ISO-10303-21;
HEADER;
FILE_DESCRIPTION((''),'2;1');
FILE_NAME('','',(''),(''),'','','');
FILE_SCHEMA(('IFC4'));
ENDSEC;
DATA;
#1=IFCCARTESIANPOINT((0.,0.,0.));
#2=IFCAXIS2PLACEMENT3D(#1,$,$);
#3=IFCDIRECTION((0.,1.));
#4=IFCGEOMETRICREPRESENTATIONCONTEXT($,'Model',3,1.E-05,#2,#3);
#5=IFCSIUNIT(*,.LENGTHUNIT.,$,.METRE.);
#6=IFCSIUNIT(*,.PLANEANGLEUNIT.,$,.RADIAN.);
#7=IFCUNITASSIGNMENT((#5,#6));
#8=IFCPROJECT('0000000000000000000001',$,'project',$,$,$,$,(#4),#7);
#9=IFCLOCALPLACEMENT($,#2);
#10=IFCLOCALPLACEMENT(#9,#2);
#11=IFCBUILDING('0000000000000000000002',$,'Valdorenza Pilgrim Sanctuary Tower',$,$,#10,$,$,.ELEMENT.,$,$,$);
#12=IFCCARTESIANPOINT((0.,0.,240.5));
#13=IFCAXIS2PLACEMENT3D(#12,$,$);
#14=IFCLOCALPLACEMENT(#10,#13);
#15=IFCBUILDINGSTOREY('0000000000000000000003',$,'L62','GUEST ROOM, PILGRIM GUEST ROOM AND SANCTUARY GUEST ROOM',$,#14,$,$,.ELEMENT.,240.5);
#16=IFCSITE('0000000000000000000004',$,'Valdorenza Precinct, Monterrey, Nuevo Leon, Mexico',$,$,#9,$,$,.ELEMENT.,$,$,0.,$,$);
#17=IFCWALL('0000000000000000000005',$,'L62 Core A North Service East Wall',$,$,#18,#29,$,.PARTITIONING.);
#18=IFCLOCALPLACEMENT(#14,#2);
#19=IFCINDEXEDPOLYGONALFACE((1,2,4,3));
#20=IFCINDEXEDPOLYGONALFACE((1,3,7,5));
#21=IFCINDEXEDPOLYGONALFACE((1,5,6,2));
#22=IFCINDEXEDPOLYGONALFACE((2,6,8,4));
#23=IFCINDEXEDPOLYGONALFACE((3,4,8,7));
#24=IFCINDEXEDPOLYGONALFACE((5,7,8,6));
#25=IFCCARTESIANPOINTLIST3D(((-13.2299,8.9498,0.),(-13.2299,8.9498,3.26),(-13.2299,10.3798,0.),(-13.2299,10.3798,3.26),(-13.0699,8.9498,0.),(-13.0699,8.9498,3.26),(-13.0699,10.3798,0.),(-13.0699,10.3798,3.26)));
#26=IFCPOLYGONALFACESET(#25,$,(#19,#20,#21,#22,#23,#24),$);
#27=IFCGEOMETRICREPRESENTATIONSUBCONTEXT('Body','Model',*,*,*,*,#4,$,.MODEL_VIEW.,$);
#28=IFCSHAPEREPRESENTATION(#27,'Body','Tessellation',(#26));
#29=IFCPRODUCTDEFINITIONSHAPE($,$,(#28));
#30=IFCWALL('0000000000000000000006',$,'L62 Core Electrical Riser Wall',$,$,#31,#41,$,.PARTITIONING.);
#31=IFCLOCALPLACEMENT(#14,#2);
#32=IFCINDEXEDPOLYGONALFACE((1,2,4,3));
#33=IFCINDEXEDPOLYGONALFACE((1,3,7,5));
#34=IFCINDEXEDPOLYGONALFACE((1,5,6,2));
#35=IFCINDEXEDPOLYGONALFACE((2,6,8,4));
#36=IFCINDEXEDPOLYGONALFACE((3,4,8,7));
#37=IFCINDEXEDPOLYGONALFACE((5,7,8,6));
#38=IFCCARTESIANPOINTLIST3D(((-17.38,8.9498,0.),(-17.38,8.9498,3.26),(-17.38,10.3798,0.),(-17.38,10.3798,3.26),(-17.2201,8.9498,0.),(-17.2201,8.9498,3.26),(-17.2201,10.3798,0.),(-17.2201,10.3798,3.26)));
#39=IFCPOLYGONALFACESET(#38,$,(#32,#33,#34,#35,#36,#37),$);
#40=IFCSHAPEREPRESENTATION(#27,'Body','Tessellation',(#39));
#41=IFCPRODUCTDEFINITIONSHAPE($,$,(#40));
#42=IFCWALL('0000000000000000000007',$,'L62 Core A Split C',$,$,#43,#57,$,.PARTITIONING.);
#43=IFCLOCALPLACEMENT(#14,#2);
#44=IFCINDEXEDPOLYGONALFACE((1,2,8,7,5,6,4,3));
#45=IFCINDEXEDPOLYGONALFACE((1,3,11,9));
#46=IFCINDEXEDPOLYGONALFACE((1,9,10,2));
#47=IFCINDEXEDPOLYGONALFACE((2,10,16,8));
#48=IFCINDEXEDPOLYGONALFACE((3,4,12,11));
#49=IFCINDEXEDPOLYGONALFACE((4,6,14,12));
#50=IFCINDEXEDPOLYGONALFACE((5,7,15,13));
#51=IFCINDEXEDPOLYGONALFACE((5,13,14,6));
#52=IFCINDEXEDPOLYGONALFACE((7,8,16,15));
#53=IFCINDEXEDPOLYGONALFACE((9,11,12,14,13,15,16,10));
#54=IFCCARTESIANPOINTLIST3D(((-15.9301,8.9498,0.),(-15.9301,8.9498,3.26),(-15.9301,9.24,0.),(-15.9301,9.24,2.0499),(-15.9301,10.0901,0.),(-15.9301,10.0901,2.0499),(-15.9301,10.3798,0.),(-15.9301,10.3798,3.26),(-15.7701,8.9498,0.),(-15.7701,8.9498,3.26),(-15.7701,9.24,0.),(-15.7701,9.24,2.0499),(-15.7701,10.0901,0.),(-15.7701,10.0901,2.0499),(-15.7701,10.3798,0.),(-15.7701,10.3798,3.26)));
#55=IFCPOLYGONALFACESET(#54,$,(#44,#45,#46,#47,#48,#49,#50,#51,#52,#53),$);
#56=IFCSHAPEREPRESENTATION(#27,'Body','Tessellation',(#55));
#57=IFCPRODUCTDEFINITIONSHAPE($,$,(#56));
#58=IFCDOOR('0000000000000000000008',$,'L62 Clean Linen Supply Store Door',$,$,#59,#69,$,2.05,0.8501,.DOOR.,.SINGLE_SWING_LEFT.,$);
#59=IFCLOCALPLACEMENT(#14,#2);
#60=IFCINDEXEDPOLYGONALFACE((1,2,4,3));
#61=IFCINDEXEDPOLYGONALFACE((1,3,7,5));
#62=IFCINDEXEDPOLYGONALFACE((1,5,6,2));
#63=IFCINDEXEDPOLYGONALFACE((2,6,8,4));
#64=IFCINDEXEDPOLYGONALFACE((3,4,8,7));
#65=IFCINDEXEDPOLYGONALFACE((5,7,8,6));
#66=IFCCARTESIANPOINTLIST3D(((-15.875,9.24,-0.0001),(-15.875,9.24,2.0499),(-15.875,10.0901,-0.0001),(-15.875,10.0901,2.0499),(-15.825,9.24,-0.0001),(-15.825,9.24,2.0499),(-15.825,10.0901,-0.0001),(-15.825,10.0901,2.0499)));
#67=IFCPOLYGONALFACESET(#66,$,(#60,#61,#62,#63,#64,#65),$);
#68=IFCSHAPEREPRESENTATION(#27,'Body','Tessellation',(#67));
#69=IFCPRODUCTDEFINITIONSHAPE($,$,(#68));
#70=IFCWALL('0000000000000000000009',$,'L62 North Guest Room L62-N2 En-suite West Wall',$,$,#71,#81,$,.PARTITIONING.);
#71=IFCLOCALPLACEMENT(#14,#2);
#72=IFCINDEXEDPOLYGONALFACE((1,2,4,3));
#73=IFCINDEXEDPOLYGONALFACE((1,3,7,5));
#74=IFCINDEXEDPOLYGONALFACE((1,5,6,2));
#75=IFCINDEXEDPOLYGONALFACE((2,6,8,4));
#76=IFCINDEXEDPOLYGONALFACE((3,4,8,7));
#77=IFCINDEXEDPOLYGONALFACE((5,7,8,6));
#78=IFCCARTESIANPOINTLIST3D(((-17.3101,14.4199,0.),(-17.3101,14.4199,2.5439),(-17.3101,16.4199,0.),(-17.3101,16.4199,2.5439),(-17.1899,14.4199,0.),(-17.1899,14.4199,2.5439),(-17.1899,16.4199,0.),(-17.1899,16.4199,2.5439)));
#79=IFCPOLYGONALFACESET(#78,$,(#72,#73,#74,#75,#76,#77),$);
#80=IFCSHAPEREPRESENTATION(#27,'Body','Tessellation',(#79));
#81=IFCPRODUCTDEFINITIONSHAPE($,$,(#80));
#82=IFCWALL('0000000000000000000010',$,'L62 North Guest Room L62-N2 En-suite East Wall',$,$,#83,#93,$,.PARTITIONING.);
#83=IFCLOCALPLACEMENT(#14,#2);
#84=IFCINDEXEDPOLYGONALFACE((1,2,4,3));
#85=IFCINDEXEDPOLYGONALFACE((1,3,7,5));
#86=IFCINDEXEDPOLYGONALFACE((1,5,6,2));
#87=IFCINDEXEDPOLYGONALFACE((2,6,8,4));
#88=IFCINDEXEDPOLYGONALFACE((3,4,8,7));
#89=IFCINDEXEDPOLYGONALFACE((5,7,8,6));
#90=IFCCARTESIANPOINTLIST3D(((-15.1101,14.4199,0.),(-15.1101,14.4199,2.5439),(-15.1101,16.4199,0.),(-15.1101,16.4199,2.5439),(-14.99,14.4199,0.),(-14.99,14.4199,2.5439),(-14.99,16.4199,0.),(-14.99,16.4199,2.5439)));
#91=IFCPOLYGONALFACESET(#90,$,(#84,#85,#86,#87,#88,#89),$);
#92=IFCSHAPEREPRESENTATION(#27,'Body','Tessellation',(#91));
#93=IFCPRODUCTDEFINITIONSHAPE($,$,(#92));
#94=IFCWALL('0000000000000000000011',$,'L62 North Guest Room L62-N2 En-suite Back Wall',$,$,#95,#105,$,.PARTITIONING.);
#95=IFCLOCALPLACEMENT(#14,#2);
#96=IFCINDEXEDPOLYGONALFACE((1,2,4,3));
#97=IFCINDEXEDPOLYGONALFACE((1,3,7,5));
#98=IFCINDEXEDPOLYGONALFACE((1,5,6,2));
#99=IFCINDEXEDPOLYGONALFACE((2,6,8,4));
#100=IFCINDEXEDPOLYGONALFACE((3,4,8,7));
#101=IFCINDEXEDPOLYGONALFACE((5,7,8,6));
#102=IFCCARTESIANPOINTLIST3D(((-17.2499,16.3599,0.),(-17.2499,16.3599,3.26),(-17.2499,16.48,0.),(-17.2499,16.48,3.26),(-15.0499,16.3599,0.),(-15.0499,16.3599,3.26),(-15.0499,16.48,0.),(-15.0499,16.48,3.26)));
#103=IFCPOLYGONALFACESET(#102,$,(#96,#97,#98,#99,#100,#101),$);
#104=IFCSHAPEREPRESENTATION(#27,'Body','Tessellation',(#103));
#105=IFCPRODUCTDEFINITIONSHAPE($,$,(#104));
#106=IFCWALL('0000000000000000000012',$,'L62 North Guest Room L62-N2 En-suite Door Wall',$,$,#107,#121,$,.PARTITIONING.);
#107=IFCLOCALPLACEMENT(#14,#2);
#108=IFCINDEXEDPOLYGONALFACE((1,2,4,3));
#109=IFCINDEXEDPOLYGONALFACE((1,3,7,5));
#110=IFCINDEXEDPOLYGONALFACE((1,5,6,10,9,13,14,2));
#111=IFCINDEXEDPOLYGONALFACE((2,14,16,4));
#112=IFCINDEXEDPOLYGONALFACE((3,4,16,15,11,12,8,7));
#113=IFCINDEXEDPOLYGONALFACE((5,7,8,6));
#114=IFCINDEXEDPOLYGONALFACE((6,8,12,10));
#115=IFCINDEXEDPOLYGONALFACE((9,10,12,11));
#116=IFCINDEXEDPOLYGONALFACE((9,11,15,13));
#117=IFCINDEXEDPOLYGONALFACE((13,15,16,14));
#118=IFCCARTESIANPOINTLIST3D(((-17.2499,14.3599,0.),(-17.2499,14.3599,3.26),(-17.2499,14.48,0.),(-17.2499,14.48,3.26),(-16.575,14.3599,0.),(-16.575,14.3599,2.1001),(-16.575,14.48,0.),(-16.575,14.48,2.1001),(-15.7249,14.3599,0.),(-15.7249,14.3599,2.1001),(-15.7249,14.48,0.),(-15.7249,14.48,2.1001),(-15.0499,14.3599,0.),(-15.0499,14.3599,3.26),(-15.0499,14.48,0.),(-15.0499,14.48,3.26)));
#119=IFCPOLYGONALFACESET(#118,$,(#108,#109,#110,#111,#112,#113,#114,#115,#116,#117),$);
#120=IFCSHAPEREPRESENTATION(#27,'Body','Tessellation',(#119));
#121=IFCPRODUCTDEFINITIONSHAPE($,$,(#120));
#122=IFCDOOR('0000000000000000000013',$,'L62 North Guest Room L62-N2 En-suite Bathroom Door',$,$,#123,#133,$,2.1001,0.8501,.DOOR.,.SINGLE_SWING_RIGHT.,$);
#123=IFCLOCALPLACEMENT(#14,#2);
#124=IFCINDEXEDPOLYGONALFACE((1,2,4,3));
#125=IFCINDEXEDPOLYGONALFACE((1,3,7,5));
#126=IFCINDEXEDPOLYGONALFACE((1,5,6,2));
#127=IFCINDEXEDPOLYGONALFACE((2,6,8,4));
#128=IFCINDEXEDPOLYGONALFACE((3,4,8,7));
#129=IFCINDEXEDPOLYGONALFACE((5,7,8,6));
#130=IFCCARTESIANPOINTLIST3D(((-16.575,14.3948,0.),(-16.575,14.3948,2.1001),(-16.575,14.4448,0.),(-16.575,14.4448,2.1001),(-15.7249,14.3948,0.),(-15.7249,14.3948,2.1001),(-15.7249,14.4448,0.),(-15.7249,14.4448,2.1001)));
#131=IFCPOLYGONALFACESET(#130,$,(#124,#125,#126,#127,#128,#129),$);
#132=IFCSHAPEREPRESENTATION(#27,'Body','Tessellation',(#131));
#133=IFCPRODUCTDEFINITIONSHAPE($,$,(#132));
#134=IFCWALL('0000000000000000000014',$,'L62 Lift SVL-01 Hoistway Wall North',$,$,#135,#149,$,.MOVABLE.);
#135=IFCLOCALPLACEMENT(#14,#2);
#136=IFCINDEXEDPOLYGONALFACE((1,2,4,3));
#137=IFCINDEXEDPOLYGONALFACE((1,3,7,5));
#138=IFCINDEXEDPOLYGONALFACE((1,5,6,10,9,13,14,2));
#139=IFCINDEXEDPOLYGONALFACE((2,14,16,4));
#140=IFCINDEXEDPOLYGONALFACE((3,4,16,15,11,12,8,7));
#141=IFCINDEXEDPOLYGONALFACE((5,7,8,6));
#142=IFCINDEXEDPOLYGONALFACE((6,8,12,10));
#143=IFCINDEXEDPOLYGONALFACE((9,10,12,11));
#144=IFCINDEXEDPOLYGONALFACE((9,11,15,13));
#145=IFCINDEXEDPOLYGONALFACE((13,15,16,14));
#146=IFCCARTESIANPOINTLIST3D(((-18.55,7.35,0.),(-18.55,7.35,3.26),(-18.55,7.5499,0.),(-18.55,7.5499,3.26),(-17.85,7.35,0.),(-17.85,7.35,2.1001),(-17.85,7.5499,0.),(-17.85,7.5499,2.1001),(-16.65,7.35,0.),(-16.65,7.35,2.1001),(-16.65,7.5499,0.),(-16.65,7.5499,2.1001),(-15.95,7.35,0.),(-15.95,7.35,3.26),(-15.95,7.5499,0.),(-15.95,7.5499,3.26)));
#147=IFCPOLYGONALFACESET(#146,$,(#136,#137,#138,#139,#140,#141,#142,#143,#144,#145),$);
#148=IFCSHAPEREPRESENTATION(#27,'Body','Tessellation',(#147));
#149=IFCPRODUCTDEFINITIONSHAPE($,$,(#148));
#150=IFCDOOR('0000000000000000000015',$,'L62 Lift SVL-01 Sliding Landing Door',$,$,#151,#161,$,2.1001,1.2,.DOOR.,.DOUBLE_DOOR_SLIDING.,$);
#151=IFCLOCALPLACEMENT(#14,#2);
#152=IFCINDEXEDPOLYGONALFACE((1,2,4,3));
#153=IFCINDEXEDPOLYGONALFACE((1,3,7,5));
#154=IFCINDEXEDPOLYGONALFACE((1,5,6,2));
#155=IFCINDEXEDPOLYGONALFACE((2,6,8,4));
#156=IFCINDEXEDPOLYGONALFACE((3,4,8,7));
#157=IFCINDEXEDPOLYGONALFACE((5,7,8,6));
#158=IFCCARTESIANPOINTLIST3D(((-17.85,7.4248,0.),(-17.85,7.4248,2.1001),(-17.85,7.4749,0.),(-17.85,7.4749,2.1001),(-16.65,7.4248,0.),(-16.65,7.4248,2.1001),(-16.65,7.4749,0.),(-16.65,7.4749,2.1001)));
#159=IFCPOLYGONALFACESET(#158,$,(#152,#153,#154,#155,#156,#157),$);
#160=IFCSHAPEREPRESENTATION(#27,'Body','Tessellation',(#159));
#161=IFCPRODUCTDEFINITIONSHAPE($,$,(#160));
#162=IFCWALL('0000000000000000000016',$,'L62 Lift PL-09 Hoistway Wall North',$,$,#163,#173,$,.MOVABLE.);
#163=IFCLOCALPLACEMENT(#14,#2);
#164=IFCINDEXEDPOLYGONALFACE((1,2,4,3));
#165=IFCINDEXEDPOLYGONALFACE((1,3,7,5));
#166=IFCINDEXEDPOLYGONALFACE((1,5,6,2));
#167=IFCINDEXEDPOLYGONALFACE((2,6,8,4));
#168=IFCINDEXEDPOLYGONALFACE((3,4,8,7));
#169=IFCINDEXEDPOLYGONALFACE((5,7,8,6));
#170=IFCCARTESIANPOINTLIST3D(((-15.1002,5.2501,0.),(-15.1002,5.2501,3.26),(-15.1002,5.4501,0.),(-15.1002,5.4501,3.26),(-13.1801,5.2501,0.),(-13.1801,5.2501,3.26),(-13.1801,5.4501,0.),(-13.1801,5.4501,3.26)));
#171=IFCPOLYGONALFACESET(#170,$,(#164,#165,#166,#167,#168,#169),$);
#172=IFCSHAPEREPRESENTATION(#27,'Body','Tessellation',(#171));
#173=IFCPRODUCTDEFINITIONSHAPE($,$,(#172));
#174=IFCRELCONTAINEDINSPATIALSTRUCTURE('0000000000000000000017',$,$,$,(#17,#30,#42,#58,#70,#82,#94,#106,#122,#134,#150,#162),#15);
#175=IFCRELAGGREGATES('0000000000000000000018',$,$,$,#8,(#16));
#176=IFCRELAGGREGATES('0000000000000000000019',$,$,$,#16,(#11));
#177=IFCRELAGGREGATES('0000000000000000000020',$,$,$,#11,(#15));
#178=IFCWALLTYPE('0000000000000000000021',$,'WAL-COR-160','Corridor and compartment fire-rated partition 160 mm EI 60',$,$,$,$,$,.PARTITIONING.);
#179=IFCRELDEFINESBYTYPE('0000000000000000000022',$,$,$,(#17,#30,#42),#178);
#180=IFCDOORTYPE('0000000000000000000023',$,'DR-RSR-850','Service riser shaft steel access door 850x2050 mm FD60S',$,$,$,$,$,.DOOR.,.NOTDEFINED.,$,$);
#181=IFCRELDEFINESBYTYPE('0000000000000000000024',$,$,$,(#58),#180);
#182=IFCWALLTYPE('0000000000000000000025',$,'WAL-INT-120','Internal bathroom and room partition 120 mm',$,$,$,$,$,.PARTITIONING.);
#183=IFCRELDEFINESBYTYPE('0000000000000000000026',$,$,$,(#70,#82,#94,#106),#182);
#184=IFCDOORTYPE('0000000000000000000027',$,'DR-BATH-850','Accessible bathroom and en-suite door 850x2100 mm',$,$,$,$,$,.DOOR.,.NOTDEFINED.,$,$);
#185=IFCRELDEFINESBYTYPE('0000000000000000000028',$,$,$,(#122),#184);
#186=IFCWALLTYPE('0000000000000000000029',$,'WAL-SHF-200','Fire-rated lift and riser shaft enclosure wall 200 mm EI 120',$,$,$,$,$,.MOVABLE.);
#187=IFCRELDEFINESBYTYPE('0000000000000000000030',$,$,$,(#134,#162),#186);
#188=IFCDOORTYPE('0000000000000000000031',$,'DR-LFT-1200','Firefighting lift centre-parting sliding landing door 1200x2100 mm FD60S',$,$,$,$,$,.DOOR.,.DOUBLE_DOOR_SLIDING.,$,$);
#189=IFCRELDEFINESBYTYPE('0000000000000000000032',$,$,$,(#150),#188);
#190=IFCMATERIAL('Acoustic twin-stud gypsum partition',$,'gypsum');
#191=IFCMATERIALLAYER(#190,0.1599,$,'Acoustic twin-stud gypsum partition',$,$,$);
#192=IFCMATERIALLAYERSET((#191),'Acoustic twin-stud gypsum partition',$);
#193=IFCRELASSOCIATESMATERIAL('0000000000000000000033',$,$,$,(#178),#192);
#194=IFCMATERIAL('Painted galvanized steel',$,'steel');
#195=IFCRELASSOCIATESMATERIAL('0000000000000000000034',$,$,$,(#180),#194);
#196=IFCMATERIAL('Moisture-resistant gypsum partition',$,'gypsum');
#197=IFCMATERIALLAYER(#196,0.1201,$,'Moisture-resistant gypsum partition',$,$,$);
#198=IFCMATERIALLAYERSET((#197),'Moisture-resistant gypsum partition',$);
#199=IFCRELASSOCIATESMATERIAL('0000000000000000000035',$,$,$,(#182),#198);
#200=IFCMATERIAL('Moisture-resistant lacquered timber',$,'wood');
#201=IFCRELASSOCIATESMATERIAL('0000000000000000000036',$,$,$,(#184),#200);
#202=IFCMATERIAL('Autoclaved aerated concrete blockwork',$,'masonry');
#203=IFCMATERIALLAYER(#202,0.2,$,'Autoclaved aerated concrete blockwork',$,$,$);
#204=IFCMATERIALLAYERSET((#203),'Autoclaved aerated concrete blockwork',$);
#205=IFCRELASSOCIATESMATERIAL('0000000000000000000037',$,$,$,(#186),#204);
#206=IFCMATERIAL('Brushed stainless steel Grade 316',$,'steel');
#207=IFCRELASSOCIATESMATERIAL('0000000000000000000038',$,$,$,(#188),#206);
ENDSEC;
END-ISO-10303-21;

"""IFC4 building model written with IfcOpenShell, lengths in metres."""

from ifc_helpers import new_model, si_unit, direction, frame, frame_2d, origin, place, context, subcontext, project, spatial, rectangle, extrude, material, layer, layer_set, type_object, element, fill, save


model = new_model("IFC4")

# Units and contexts
model_context = context("Model", 3, precision=1e-05, world=origin(), true_north=direction((0.0, 1.0)))
body_context = subcontext(model_context, "Body", "Model", "MODEL_VIEW")
ifc_project = project(units=[si_unit("LENGTHUNIT", "METRE"), si_unit("PLANEANGLEUNIT", "RADIAN")], contexts=[model_context])

# Site, building, storey
site_placement = place(None, origin())
site = spatial("IfcSite", under=ifc_project, at=site_placement, Name="Valdorenza Precinct, Monterrey, Nuevo Leon, Mexico", CompositionType="ELEMENT", RefElevation=0.0)
building_placement = place(site_placement, origin())
building = spatial("IfcBuilding", under=site, at=building_placement, Name="Valdorenza Pilgrim Sanctuary Tower", CompositionType="ELEMENT")
storey_placement = place(building_placement, frame((0.0, 0.0, 240.5)))
storey = spatial("IfcBuildingStorey", under=building, at=storey_placement, Name="L62", Description="GUEST ROOM, PILGRIM GUEST ROOM AND SANCTUARY GUEST ROOM", CompositionType="ELEMENT", Elevation=240.5)

# Shared definitions
ifc_material_1 = material(Name="Acoustic twin-stud gypsum partition", Category="gypsum")
ifc_layer_1 = layer(ifc_material_1, 0.1599, Name="Acoustic twin-stud gypsum partition")
ifc_layer_set_1 = layer_set([ifc_layer_1], Name="Acoustic twin-stud gypsum partition")
wall_type_1 = type_object("IfcWallType", Name="WAL-COR-160", Description="Corridor and compartment fire-rated partition 160 mm EI 60", PredefinedType="PARTITIONING", material=ifc_layer_set_1)

# Shared definitions
ifc_material_2 = material(Name="Painted galvanized steel", Category="steel")
door_type_1 = type_object("IfcDoorType", Name="DR-RSR-850", Description="Service riser shaft steel access door 850x2050 mm FD60S", OperationType="NOTDEFINED", PredefinedType="DOOR", material=ifc_material_2)

# Walls
for number, where, z_axis, x_axis, name in (
    (1, (-13.1499, 8.95, 0.0), (0.0, 0.0, 1.0), (0.0, 1.0, 0.0), "L62 Core A North Service East Wall"),
    (2, (-17.3, 8.95, 0.0), (0.0, 0.0, 1.0), (0.0, 1.0, 0.0), "L62 Core Electrical Riser Wall"),
):
    element("IfcWall", number, at=place(storey_placement, frame(where, z_axis=z_axis, x_axis=x_axis)), inside=storey, type_object=wall_type_1, Name=name, PredefinedType="PARTITIONING", context=body_context, shape_type="SweptSolid", body=[
        extrude(rectangle(XDim=1.4299, YDim=0.1599, at=frame_2d((0.7148, 0.0))), origin(), (0.0, 0.0, 1.0), 3.26),
    ])

# Wall, opening, door
wall_1_placement = place(storey_placement, frame((-15.8501, 8.95, 0.0), z_axis=(0.0, 0.0, 1.0), x_axis=(0.0, 1.0, 0.0)))
wall_1 = element("IfcWall", 3, at=wall_1_placement, inside=storey, type_object=wall_type_1, Name="L62 Core A Split C", PredefinedType="PARTITIONING", context=body_context, shape_type="SweptSolid", body=[
    extrude(rectangle(XDim=1.4299, YDim=0.1599, at=frame_2d((0.7148, 0.0))), origin(), (0.0, 0.0, 1.0), 3.26),
])
opening_1_placement = place(wall_1_placement, frame((0.29, 0.0, 0.0)))
opening_1 = element("IfcOpeningElement", 4, at=opening_1_placement, cuts=wall_1, PredefinedType="OPENING", context=body_context, shape_type="SweptSolid", body=[
    extrude(rectangle(XDim=0.8501, YDim=2.05, at=frame_2d((0.425, 1.0249))), frame((0.0, 0.0947, 0.0), z_axis=(0.0, -1.0, 0.0), x_axis=(1.0, 0.0, 0.0)), (0.0, 0.0, 1.0), 0.1897),
])
door_1_placement = place(opening_1_placement, origin())
door_1 = element("IfcDoor", 5, at=door_1_placement, inside=storey, type_object=door_type_1, Name="L62 Clean Linen Supply Store Door", OperationType="SINGLE_SWING_LEFT", OverallHeight=2.05, OverallWidth=0.8501, PredefinedType="DOOR", context=body_context, shape_type="SweptSolid", body=[
    extrude(rectangle(XDim=0.8501, YDim=2.05, at=frame_2d((0.425, 1.0249))), frame((0.0, 0.0249, 0.0), z_axis=(0.0, -1.0, 0.0), x_axis=(1.0, 0.0, 0.0)), (0.0, 0.0, 1.0), 0.05),
])
fill(opening_1, door_1)

# Walls
ifc_material_3 = material(Name="Moisture-resistant gypsum partition", Category="gypsum")
ifc_layer_2 = layer(ifc_material_3, 0.1201, Name="Moisture-resistant gypsum partition")
ifc_layer_set_2 = layer_set([ifc_layer_2], Name="Moisture-resistant gypsum partition")
wall_type_2 = type_object("IfcWallType", Name="WAL-INT-120", Description="Internal bathroom and room partition 120 mm", PredefinedType="PARTITIONING", material=ifc_layer_set_2)
for number, where, z_axis, x_axis, name in (
    (6, (-17.25, 14.4199, 0.0), (0.0, 0.0, 1.0), (0.0, 1.0, 0.0), "L62 North Guest Room L62-N2 En-suite West Wall"),
    (7, (-15.05, 14.4199, 0.0), (0.0, 0.0, 1.0), (0.0, 1.0, 0.0), "L62 North Guest Room L62-N2 En-suite East Wall"),
):
    element("IfcWall", number, at=place(storey_placement, frame(where, z_axis=z_axis, x_axis=x_axis)), inside=storey, type_object=wall_type_2, Name=name, PredefinedType="PARTITIONING", context=body_context, shape_type="SweptSolid", body=[
        extrude(rectangle(XDim=2.0, YDim=0.1201, at=frame_2d((1.0, 0.0))), origin(), (0.0, 0.0, 1.0), 2.5439),
    ])
wall_2_placement = place(storey_placement, frame((-17.25, 16.4199, 0.0), z_axis=(0.0, 0.0, 1.0), x_axis=(1.0, 0.0, 0.0)))
element("IfcWall", 8, at=wall_2_placement, inside=storey, type_object=wall_type_2, Name="L62 North Guest Room L62-N2 En-suite Back Wall", PredefinedType="PARTITIONING", context=body_context, shape_type="SweptSolid", body=[
    extrude(rectangle(XDim=2.2, YDim=0.1201, at=frame_2d((1.1001, 0.0))), origin(), (0.0, 0.0, 1.0), 3.26),
])

# Walls, openings, doors
wall_3_placement = place(storey_placement, frame((-17.25, 14.4199, 0.0), z_axis=(0.0, 0.0, 1.0), x_axis=(1.0, 0.0, 0.0)))
wall_3 = element("IfcWall", 9, at=wall_3_placement, inside=storey, type_object=wall_type_2, Name="L62 North Guest Room L62-N2 En-suite Door Wall", PredefinedType="PARTITIONING", context=body_context, shape_type="SweptSolid", body=[
    extrude(rectangle(XDim=2.2, YDim=0.1201, at=frame_2d((1.1001, 0.0))), origin(), (0.0, 0.0, 1.0), 3.26),
])
opening_2_placement = place(wall_3_placement, frame((0.675, 0.0, 0.0)))
opening_2 = element("IfcOpeningElement", 10, at=opening_2_placement, cuts=wall_3, PredefinedType="OPENING", context=body_context, shape_type="SweptSolid", body=[
    extrude(rectangle(XDim=0.8501, YDim=2.1001, at=frame_2d((0.425, 1.05))), frame((0.0, 0.075, 0.0), z_axis=(0.0, -1.0, 0.0), x_axis=(1.0, 0.0, 0.0)), (0.0, 0.0, 1.0), 0.1499),
])
ifc_material_4 = material(Name="Moisture-resistant lacquered timber", Category="wood")
door_type_2 = type_object("IfcDoorType", Name="DR-BATH-850", Description="Accessible bathroom and en-suite door 850x2100 mm", OperationType="NOTDEFINED", PredefinedType="DOOR", material=ifc_material_4)
door_2_placement = place(opening_2_placement, origin())
door_2 = element("IfcDoor", 11, at=door_2_placement, inside=storey, type_object=door_type_2, Name="L62 North Guest Room L62-N2 En-suite Bathroom Door", OperationType="SINGLE_SWING_RIGHT", OverallHeight=2.1001, OverallWidth=0.8501, PredefinedType="DOOR", context=body_context, shape_type="SweptSolid", body=[
    extrude(rectangle(XDim=0.8501, YDim=2.1001, at=frame_2d((0.425, 1.05))), frame((0.0, 0.0249, 0.0), z_axis=(0.0, -1.0, 0.0), x_axis=(1.0, 0.0, 0.0)), (0.0, 0.0, 1.0), 0.05),
])
fill(opening_2, door_2)
ifc_material_5 = material(Name="Autoclaved aerated concrete blockwork", Category="masonry")
ifc_layer_3 = layer(ifc_material_5, 0.2, Name="Autoclaved aerated concrete blockwork")
ifc_layer_set_3 = layer_set([ifc_layer_3], Name="Autoclaved aerated concrete blockwork")
wall_type_3 = type_object("IfcWallType", Name="WAL-SHF-200", Description="Fire-rated lift and riser shaft enclosure wall 200 mm EI 120", PredefinedType="MOVABLE", material=ifc_layer_set_3)
wall_4_placement = place(storey_placement, frame((-18.55, 7.45, 0.0), z_axis=(0.0, 0.0, 1.0), x_axis=(1.0, 0.0, 0.0)))
wall_4 = element("IfcWall", 12, at=wall_4_placement, inside=storey, type_object=wall_type_3, Name="L62 Lift SVL-01 Hoistway Wall North", PredefinedType="MOVABLE", context=body_context, shape_type="SweptSolid", body=[
    extrude(rectangle(XDim=2.6001, YDim=0.2, at=frame_2d((1.3, 0.0))), origin(), (0.0, 0.0, 1.0), 3.26),
])
opening_3_placement = place(wall_4_placement, frame((0.7, 0.0, 0.0)))
opening_3 = element("IfcOpeningElement", 13, at=opening_3_placement, cuts=wall_4, PredefinedType="OPENING", context=body_context, shape_type="SweptSolid", body=[
    extrude(rectangle(XDim=1.2, YDim=2.1001, at=frame_2d((0.6001, 1.05))), frame((0.0, 0.1147, 0.0), z_axis=(0.0, -1.0, 0.0), x_axis=(1.0, 0.0, 0.0)), (0.0, 0.0, 1.0), 0.2297),
])
ifc_material_6 = material(Name="Brushed stainless steel Grade 316", Category="steel")
door_type_3 = type_object("IfcDoorType", Name="DR-LFT-1200", Description="Firefighting lift centre-parting sliding landing door 1200x2100 mm FD60S", OperationType="DOUBLE_DOOR_SLIDING", PredefinedType="DOOR", material=ifc_material_6)
door_3_placement = place(opening_3_placement, origin())
door_3 = element("IfcDoor", 14, at=door_3_placement, inside=storey, type_object=door_type_3, Name="L62 Lift SVL-01 Sliding Landing Door", OperationType="DOUBLE_DOOR_SLIDING", OverallHeight=2.1001, OverallWidth=1.2, PredefinedType="DOOR", context=body_context, shape_type="SweptSolid", body=[
    extrude(rectangle(XDim=1.2, YDim=2.1001, at=frame_2d((0.6001, 1.05))), frame((0.0, 0.0249, 0.0), z_axis=(0.0, -1.0, 0.0), x_axis=(1.0, 0.0, 0.0)), (0.0, 0.0, 1.0), 0.05),
])
fill(opening_3, door_3)

# Wall
for number, where, z_axis, x_axis, name in (
    (15, (-15.1001, 5.3501, 0.0), (0.0, 0.0, 1.0), (1.0, 0.0, 0.0), "L62 Lift PL-09 Hoistway Wall North"),
):
    element("IfcWall", number, at=place(storey_placement, frame(where, z_axis=z_axis, x_axis=x_axis)), inside=storey, type_object=wall_type_3, Name=name, PredefinedType="MOVABLE", context=body_context, shape_type="SweptSolid", body=[
        extrude(rectangle(XDim=1.9202, YDim=0.2, at=frame_2d((0.96, 0.0))), origin(), (0.0, 0.0, 1.0), 3.26),
    ])

save(model, "model.ifc")
